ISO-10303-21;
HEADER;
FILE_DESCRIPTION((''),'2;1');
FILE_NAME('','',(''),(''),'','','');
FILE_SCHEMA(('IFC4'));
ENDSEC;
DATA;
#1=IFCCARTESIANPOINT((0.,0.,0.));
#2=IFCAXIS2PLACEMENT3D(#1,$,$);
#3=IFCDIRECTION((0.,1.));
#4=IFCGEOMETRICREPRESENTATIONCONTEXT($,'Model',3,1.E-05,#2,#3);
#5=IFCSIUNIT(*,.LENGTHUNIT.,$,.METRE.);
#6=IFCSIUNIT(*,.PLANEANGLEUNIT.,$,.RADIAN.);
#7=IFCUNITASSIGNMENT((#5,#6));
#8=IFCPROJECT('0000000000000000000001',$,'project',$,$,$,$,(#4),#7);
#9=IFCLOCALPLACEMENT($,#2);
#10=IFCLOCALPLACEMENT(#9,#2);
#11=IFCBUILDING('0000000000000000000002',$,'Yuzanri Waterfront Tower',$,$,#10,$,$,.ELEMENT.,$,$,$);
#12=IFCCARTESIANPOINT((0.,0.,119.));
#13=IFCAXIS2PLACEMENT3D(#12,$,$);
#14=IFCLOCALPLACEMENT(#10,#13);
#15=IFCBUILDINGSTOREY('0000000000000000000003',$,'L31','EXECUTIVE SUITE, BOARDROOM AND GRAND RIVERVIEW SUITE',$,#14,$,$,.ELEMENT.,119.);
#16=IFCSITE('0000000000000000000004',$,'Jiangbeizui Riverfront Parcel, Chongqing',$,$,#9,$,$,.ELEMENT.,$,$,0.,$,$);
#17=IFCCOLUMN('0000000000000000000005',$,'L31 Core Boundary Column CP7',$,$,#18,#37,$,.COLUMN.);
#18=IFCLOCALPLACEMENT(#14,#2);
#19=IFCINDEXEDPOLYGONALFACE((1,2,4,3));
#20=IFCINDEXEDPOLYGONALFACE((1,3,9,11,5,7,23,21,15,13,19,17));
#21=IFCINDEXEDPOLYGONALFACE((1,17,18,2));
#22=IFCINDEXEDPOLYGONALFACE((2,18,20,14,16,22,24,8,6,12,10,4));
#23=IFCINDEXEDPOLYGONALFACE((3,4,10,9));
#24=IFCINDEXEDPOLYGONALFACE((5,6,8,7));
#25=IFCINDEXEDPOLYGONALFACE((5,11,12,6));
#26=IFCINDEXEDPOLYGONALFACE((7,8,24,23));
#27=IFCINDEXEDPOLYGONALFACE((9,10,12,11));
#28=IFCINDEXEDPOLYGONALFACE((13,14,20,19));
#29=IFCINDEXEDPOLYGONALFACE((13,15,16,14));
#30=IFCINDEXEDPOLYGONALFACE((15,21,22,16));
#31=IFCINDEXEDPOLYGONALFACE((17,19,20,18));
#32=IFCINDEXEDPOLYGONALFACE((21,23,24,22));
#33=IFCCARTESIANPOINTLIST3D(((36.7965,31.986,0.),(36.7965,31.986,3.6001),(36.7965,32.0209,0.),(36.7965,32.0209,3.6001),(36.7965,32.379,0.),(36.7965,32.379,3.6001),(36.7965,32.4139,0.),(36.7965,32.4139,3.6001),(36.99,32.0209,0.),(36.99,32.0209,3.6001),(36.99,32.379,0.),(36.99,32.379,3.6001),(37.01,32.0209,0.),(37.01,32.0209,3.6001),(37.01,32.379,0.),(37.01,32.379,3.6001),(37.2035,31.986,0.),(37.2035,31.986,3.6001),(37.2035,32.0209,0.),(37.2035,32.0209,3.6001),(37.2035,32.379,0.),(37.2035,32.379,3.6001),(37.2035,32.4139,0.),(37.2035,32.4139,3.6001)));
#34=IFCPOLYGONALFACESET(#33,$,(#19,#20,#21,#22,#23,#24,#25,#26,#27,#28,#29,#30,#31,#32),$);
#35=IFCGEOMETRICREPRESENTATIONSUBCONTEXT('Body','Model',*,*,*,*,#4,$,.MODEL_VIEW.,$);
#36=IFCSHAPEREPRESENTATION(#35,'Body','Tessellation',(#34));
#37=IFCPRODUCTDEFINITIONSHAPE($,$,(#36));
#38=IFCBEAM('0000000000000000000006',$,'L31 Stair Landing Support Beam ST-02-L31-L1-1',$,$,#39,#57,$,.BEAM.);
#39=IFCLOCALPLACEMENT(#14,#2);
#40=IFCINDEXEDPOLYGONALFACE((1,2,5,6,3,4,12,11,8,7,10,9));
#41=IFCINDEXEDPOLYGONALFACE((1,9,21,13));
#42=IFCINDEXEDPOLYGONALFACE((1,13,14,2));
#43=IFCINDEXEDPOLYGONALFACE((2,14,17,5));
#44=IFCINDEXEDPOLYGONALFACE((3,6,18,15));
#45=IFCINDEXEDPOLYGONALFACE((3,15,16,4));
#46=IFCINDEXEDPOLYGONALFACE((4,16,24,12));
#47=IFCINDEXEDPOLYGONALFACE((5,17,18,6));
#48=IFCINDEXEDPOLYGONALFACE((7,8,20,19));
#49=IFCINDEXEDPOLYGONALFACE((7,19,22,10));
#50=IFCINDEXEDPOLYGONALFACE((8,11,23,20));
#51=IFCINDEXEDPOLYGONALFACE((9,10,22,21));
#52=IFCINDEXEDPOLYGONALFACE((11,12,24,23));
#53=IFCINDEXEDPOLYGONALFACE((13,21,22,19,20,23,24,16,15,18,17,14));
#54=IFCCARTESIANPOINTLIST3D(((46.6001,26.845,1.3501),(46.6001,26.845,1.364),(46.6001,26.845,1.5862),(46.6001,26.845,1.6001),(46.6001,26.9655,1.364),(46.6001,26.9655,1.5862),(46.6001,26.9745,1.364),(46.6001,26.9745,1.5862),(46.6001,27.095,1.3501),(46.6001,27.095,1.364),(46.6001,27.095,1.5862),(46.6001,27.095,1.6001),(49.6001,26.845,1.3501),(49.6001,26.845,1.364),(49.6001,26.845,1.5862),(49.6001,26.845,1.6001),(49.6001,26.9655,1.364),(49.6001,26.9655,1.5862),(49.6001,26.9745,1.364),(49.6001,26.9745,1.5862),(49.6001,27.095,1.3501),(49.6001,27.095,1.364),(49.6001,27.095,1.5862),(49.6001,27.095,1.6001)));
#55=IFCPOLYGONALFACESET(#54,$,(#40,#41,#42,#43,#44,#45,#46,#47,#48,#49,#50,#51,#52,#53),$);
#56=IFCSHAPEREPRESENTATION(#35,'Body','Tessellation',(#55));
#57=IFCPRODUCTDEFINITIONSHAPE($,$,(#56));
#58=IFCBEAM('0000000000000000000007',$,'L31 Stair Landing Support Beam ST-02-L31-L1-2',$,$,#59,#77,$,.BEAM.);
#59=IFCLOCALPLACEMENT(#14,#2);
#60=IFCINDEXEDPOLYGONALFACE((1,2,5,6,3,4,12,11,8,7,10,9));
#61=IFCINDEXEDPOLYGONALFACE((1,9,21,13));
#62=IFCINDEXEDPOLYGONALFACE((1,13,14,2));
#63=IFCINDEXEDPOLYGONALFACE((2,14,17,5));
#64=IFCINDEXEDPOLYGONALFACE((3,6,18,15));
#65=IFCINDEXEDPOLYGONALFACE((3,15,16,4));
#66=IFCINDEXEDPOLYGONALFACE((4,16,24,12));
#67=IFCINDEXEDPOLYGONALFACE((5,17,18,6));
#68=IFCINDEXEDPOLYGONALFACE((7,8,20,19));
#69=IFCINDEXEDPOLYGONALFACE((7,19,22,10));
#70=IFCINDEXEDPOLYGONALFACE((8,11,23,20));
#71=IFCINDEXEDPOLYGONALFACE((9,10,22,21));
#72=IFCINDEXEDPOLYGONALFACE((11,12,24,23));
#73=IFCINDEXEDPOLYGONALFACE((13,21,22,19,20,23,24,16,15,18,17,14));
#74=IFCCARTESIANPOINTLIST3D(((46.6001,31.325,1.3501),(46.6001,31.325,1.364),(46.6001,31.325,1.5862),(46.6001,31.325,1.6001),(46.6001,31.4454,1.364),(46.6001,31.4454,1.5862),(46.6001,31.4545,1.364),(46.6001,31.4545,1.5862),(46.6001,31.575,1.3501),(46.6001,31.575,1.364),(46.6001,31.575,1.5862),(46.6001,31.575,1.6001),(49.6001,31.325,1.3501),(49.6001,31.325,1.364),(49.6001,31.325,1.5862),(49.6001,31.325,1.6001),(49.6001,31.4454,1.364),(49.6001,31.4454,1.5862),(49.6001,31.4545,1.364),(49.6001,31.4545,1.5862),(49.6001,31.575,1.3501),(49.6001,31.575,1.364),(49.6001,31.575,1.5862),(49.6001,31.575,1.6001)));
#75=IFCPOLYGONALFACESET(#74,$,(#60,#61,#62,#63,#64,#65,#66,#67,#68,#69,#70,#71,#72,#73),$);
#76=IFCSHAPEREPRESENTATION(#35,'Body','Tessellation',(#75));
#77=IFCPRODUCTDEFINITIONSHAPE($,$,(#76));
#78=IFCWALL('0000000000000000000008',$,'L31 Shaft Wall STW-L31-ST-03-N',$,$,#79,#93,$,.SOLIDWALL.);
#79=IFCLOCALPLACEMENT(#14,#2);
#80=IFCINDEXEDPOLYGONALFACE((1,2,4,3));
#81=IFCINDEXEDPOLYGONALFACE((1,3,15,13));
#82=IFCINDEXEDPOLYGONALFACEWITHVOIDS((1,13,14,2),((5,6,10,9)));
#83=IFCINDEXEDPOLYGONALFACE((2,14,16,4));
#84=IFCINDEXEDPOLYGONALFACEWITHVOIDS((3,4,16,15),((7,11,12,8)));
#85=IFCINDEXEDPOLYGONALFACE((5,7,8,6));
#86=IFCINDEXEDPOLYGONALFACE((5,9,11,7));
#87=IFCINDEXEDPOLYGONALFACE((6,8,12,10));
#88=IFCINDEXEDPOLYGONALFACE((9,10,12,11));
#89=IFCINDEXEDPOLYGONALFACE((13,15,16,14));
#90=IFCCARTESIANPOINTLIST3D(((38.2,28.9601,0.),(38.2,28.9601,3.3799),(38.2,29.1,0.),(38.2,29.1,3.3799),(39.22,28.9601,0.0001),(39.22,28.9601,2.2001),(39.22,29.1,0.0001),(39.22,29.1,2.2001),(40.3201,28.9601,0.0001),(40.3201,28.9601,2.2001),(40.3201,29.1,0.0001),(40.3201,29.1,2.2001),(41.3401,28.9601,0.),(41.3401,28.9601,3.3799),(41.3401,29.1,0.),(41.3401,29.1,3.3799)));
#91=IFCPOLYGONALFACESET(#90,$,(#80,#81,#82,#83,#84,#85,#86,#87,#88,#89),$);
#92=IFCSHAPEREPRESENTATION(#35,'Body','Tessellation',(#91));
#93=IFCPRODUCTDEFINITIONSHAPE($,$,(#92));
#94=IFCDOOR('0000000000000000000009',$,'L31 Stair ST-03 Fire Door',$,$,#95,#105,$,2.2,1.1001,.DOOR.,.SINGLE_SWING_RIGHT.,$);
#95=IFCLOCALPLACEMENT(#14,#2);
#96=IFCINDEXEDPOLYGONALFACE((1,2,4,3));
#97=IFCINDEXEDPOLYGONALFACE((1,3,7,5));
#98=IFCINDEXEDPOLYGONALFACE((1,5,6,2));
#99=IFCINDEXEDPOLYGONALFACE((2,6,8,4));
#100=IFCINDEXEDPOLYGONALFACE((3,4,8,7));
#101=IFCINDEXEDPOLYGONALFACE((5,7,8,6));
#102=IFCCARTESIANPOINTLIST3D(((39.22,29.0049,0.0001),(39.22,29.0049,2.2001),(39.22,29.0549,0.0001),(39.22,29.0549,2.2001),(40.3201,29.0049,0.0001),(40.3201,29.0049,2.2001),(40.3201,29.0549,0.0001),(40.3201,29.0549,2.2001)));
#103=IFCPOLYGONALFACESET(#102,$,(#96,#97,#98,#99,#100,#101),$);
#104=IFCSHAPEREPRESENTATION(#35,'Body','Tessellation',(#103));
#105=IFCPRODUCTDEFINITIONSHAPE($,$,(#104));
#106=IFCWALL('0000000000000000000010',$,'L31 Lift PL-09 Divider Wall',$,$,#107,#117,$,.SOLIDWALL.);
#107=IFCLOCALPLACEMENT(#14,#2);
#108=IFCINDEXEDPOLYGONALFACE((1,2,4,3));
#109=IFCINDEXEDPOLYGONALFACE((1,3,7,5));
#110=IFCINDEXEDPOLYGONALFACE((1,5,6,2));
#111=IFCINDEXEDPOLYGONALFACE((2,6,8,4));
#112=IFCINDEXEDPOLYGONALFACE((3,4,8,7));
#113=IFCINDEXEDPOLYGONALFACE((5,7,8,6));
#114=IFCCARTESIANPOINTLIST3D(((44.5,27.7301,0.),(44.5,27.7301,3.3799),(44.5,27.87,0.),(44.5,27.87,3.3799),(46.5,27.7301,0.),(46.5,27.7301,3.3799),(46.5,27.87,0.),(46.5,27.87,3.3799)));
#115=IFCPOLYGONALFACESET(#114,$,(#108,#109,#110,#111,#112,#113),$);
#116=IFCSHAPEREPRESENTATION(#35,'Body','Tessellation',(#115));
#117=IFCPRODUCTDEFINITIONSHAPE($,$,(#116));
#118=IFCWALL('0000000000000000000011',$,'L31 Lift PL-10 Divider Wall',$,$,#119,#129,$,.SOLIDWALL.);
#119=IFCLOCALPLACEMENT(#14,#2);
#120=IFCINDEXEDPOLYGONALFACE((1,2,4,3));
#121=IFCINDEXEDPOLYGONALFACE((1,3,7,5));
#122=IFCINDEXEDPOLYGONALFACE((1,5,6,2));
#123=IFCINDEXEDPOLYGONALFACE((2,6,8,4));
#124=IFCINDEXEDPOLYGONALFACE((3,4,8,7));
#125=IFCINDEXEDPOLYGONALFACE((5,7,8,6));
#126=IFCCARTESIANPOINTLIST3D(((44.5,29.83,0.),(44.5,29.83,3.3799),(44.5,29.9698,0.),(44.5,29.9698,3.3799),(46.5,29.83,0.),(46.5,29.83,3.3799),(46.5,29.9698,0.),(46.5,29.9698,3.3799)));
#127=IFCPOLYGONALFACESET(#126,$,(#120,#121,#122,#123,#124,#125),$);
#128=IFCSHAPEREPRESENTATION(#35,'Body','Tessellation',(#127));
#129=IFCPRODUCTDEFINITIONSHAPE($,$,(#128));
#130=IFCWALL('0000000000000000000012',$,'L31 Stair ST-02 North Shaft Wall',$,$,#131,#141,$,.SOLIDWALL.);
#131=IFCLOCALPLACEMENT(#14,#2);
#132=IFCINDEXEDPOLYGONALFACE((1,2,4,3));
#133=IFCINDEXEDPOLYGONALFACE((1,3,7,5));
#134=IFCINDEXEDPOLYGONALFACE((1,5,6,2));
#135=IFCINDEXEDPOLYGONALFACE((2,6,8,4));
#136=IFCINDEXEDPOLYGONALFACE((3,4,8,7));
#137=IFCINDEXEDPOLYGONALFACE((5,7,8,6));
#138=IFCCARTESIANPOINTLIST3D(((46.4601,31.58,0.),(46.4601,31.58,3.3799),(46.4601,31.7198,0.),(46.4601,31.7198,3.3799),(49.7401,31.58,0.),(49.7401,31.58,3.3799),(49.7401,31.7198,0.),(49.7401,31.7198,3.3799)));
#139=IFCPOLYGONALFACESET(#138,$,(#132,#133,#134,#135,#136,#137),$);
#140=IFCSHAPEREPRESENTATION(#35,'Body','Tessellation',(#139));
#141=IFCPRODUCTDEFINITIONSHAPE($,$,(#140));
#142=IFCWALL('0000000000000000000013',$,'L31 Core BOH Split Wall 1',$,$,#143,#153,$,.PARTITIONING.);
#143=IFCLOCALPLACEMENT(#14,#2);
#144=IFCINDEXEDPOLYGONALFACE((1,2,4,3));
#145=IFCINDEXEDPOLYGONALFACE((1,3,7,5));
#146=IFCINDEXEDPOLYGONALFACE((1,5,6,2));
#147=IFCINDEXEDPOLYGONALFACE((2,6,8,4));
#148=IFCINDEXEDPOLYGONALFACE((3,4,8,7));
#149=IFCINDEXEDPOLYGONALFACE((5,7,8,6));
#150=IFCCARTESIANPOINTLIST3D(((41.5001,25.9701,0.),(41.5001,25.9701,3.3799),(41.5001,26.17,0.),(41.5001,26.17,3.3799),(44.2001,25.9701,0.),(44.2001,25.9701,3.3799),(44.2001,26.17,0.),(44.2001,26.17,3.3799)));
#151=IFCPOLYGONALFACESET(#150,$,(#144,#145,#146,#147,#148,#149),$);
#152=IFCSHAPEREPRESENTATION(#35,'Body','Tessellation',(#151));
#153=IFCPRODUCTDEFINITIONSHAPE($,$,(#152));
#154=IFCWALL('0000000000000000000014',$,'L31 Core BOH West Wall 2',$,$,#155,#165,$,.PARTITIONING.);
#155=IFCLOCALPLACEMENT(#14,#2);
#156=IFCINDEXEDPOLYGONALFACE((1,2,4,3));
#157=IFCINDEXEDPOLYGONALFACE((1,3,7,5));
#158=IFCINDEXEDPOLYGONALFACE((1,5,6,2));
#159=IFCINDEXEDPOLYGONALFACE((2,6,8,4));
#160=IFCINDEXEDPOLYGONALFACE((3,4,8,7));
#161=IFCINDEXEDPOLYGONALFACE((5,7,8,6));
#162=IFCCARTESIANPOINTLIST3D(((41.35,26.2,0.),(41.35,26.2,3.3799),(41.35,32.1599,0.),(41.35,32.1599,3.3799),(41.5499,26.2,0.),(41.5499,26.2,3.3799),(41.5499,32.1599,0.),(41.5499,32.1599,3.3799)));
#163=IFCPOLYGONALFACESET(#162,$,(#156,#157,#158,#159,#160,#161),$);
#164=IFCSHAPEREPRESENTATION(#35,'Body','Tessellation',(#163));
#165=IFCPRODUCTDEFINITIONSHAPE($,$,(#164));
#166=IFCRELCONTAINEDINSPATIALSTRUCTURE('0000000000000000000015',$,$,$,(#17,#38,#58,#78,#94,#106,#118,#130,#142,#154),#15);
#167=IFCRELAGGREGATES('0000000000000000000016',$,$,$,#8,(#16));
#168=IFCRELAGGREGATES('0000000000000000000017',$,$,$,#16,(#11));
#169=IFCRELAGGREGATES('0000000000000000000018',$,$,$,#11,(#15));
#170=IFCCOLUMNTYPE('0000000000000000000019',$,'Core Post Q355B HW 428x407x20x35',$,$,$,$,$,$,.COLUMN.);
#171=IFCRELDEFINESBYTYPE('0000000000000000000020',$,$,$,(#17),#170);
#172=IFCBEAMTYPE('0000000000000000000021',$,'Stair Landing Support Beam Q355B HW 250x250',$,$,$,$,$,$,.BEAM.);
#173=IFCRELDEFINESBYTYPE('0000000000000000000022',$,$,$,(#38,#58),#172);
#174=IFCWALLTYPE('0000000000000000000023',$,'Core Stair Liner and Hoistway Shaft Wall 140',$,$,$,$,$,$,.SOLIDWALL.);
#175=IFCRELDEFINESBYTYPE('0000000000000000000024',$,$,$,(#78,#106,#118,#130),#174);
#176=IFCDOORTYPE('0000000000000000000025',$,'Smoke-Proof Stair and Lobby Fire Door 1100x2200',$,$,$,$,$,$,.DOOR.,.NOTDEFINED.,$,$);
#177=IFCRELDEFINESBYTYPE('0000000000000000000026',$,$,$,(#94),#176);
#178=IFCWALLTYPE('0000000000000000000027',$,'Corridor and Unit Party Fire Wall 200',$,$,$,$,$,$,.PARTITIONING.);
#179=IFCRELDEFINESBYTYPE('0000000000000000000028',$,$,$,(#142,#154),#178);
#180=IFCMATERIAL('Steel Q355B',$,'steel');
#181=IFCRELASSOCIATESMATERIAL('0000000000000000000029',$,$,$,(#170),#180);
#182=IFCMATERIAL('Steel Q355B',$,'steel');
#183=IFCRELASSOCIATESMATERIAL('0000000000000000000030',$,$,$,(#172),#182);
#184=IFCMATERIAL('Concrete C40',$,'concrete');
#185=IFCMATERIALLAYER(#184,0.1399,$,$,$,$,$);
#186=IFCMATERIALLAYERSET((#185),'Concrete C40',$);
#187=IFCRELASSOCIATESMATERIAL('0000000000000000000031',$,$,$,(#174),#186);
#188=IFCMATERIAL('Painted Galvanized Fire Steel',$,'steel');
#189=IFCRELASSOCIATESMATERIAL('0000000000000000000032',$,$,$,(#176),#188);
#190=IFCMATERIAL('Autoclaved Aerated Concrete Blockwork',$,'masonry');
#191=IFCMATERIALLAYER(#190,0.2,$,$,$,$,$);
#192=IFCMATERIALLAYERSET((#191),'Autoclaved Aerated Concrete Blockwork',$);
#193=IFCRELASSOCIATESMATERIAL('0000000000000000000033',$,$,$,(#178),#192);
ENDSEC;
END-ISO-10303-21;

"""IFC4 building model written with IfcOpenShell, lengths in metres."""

from ifc_helpers import new_model, si_unit, direction, frame, frame_2d, origin, origin_2d, place, context, subcontext, project, spatial, rectangle, i_section, extrude, source, transform, mapped, material, layer, layer_set, material_profile, profile_set, type_object, element, fill, save


model = new_model("IFC4")

# Units and contexts
model_context = context("Model", 3, precision=1e-05, world=origin(), true_north=direction((0.0, 1.0)))
body_context = subcontext(model_context, "Body", "Model", "MODEL_VIEW")
ifc_project = project(units=[si_unit("LENGTHUNIT", "METRE"), si_unit("PLANEANGLEUNIT", "RADIAN")], contexts=[model_context])

# Site, building, storey
site_placement = place(None, origin())
site = spatial("IfcSite", under=ifc_project, at=site_placement, Name="Jiangbeizui Riverfront Parcel, Chongqing", CompositionType="ELEMENT", RefElevation=0.0)
building_placement = place(site_placement, origin())
building = spatial("IfcBuilding", under=site, at=building_placement, Name="Yuzanri Waterfront Tower", CompositionType="ELEMENT")
storey_placement = place(building_placement, frame((0.0, 0.0, 119.0)))
storey = spatial("IfcBuildingStorey", under=building, at=storey_placement, Name="L31", Description="EXECUTIVE SUITE, BOARDROOM AND GRAND RIVERVIEW SUITE", CompositionType="ELEMENT", Elevation=119.0)

# Column
ifc_material_1 = material(Name="Steel Q355B", Category="steel")
ifc_material_profile_1 = material_profile(ifc_material_1, i_section(OverallWidth=0.407, OverallDepth=0.428, WebThickness=0.02, FlangeThickness=0.0349, at=origin_2d()), Name="HW 428x407x20x35")
ifc_profile_set_1 = profile_set([ifc_material_profile_1], Name="Steel Q355B")
column_type = type_object("IfcColumnType", Name="Core Post Q355B HW 428x407x20x35", PredefinedType="COLUMN", material=ifc_profile_set_1)
shared_shape_1 = source(origin(), body_context, "Body", "SweptSolid", [
    extrude(i_section(OverallWidth=0.407, OverallDepth=0.428, WebThickness=0.02, FlangeThickness=0.0349, at=origin_2d()), origin(), (0.0, 0.0, 1.0), 3.6001),
])
column_placement = place(storey_placement, frame((37.0, 32.2, 0.0), z_axis=(0.0, 0.0, 1.0), x_axis=(1.0, 0.0, 0.0)))
element("IfcColumn", 1, at=column_placement, inside=storey, type_object=column_type, Name="L31 Core Boundary Column CP7", PredefinedType="COLUMN", context=body_context, shape_type="MappedRepresentation", body=[
    mapped(shared_shape_1, transform((0.0, 0.0, 0.0), scale=1.0)),
])

# Beams
ifc_material_2 = material(Name="Steel Q355B", Category="steel")
ifc_material_profile_2 = material_profile(ifc_material_2, i_section(OverallWidth=0.25, OverallDepth=0.25, WebThickness=0.009, FlangeThickness=0.0139, at=origin_2d()), Name="HW 250x250x9x14")
ifc_profile_set_2 = profile_set([ifc_material_profile_2], Name="Steel Q355B")
beam_type = type_object("IfcBeamType", Name="Stair Landing Support Beam Q355B HW 250x250", PredefinedType="BEAM", material=ifc_profile_set_2)
shared_shape_2 = source(origin(), body_context, "Body", "SweptSolid", [
    extrude(i_section(OverallWidth=0.25, OverallDepth=0.25, WebThickness=0.009, FlangeThickness=0.0139, at=origin_2d()), origin(), (0.0, 0.0, 1.0), 3.0),
])
for number, where, z_axis, x_axis, name in (
    (2, (46.6001, 26.97, 1.4751), (1.0, 0.0, 0.0), (0.0, 1.0, 0.0), "L31 Stair Landing Support Beam ST-02-L31-L1-1"),
    (3, (46.6001, 31.45, 1.4751), (1.0, 0.0, 0.0), (0.0, 1.0, 0.0), "L31 Stair Landing Support Beam ST-02-L31-L1-2"),
):
    element("IfcBeam", number, at=place(storey_placement, frame(where, z_axis=z_axis, x_axis=x_axis)), inside=storey, type_object=beam_type, Name=name, PredefinedType="BEAM", context=body_context, shape_type="MappedRepresentation", body=[
        mapped(shared_shape_2, transform((0.0, 0.0, 0.0), scale=1.0)),
    ])

# Wall, opening, door
ifc_material_3 = material(Name="Concrete C40", Category="concrete")
ifc_layer_1 = layer(ifc_material_3, 0.1399)
ifc_layer_set_1 = layer_set([ifc_layer_1], Name="Concrete C40")
wall_type_1 = type_object("IfcWallType", Name="Core Stair Liner and Hoistway Shaft Wall 140", PredefinedType="SOLIDWALL", material=ifc_layer_set_1)
wall_1_placement = place(storey_placement, frame((38.2, 29.03, 0.0), z_axis=(0.0, 0.0, 1.0), x_axis=(1.0, 0.0, 0.0)))
wall_1 = element("IfcWall", 4, at=wall_1_placement, inside=storey, type_object=wall_type_1, Name="L31 Shaft Wall STW-L31-ST-03-N", PredefinedType="SOLIDWALL", context=body_context, shape_type="SweptSolid", body=[
    extrude(rectangle(XDim=3.1401, YDim=0.1399, at=frame_2d((1.5701, 0.0))), origin(), (0.0, 0.0, 1.0), 3.3799),
])
opening_placement = place(wall_1_placement, frame((1.02, 0.0, 0.0)))
opening = element("IfcOpeningElement", 5, at=opening_placement, cuts=wall_1, PredefinedType="OPENING", context=body_context, shape_type="SweptSolid", body=[
    extrude(rectangle(XDim=1.1001, YDim=2.2, at=frame_2d((0.55, 1.1001))), frame((0.0, 0.085, 0.0), z_axis=(0.0, -1.0, 0.0), x_axis=(1.0, 0.0, 0.0)), (0.0, 0.0, 1.0), 0.1697),
])
ifc_material_4 = material(Name="Painted Galvanized Fire Steel", Category="steel")
door_type = type_object("IfcDoorType", Name="Smoke-Proof Stair and Lobby Fire Door 1100x2200", OperationType="NOTDEFINED", PredefinedType="DOOR", material=ifc_material_4)
shared_shape_3 = source(origin(), body_context, "Body", "SweptSolid", [
    extrude(rectangle(XDim=1.1001, YDim=2.2, at=frame_2d((0.55, 1.1001))), frame((0.0, 0.0249, 0.0), z_axis=(0.0, -1.0, 0.0), x_axis=(1.0, 0.0, 0.0)), (0.0, 0.0, 1.0), 0.05),
])
door_placement = place(opening_placement, origin())
door = element("IfcDoor", 6, at=door_placement, inside=storey, type_object=door_type, Name="L31 Stair ST-03 Fire Door", OperationType="SINGLE_SWING_RIGHT", OverallHeight=2.2, OverallWidth=1.1001, PredefinedType="DOOR", context=body_context, shape_type="MappedRepresentation", body=[
    mapped(shared_shape_3, transform((0.0, 0.0, 0.0), scale=1.0)),
])
fill(opening, door)

# Walls
shared_shape_4 = source(origin(), body_context, "Body", "SweptSolid", [
    extrude(rectangle(XDim=2.0, YDim=0.1399, at=frame_2d((1.0, 0.0))), origin(), (0.0, 0.0, 1.0), 3.3799),
])
for number, where, z_axis, x_axis, name in (
    (7, (44.5, 27.8, 0.0), (0.0, 0.0, 1.0), (1.0, 0.0, 0.0), "L31 Lift PL-09 Divider Wall"),
    (8, (44.5, 29.8999, 0.0), (0.0, 0.0, 1.0), (1.0, 0.0, 0.0), "L31 Lift PL-10 Divider Wall"),
):
    element("IfcWall", number, at=place(storey_placement, frame(where, z_axis=z_axis, x_axis=x_axis)), inside=storey, type_object=wall_type_1, Name=name, PredefinedType="SOLIDWALL", context=body_context, shape_type="MappedRepresentation", body=[
        mapped(shared_shape_4, transform((0.0, 0.0, 0.0), scale=1.0)),
    ])
shared_shape_5 = source(origin(), body_context, "Body", "SweptSolid", [
    extrude(rectangle(XDim=3.28, YDim=0.1399, at=frame_2d((1.6401, 0.0))), origin(), (0.0, 0.0, 1.0), 3.3799),
])
wall_2_placement = place(storey_placement, frame((46.46, 31.6499, 0.0), z_axis=(0.0, 0.0, 1.0), x_axis=(1.0, 0.0, 0.0)))
element("IfcWall", 9, at=wall_2_placement, inside=storey, type_object=wall_type_1, Name="L31 Stair ST-02 North Shaft Wall", PredefinedType="SOLIDWALL", context=body_context, shape_type="MappedRepresentation", body=[
    mapped(shared_shape_5, transform((0.0, 0.0, 0.0), scale=1.0)),
])
ifc_material_5 = material(Name="Autoclaved Aerated Concrete Blockwork", Category="masonry")
ifc_layer_2 = layer(ifc_material_5, 0.2)
ifc_layer_set_2 = layer_set([ifc_layer_2], Name="Autoclaved Aerated Concrete Blockwork")
wall_type_2 = type_object("IfcWallType", Name="Corridor and Unit Party Fire Wall 200", PredefinedType="PARTITIONING", material=ifc_layer_set_2)
shared_shape_6 = source(origin(), body_context, "Body", "SweptSolid", [
    extrude(rectangle(XDim=2.7, YDim=0.2, at=frame_2d((1.3501, 0.0))), origin(), (0.0, 0.0, 1.0), 3.3799),
])
wall_3_placement = place(storey_placement, frame((41.5, 26.0701, 0.0), z_axis=(0.0, 0.0, 1.0), x_axis=(1.0, 0.0, 0.0)))
element("IfcWall", 10, at=wall_3_placement, inside=storey, type_object=wall_type_2, Name="L31 Core BOH Split Wall 1", PredefinedType="PARTITIONING", context=body_context, shape_type="MappedRepresentation", body=[
    mapped(shared_shape_6, transform((0.0, 0.0, 0.0), scale=1.0)),
])
shared_shape_7 = source(origin(), body_context, "Body", "SweptSolid", [
    extrude(rectangle(XDim=5.96, YDim=0.2, at=frame_2d((2.98, 0.0))), origin(), (0.0, 0.0, 1.0), 3.3799),
])
wall_4_placement = place(storey_placement, frame((41.45, 26.2, 0.0), z_axis=(0.0, 0.0, 1.0), x_axis=(0.0, 1.0, 0.0)))
element("IfcWall", 11, at=wall_4_placement, inside=storey, type_object=wall_type_2, Name="L31 Core BOH West Wall 2", PredefinedType="PARTITIONING", context=body_context, shape_type="MappedRepresentation", body=[
    mapped(shared_shape_7, transform((0.0, 0.0, 0.0), scale=1.0)),
])

save(model, "model.ifc")
